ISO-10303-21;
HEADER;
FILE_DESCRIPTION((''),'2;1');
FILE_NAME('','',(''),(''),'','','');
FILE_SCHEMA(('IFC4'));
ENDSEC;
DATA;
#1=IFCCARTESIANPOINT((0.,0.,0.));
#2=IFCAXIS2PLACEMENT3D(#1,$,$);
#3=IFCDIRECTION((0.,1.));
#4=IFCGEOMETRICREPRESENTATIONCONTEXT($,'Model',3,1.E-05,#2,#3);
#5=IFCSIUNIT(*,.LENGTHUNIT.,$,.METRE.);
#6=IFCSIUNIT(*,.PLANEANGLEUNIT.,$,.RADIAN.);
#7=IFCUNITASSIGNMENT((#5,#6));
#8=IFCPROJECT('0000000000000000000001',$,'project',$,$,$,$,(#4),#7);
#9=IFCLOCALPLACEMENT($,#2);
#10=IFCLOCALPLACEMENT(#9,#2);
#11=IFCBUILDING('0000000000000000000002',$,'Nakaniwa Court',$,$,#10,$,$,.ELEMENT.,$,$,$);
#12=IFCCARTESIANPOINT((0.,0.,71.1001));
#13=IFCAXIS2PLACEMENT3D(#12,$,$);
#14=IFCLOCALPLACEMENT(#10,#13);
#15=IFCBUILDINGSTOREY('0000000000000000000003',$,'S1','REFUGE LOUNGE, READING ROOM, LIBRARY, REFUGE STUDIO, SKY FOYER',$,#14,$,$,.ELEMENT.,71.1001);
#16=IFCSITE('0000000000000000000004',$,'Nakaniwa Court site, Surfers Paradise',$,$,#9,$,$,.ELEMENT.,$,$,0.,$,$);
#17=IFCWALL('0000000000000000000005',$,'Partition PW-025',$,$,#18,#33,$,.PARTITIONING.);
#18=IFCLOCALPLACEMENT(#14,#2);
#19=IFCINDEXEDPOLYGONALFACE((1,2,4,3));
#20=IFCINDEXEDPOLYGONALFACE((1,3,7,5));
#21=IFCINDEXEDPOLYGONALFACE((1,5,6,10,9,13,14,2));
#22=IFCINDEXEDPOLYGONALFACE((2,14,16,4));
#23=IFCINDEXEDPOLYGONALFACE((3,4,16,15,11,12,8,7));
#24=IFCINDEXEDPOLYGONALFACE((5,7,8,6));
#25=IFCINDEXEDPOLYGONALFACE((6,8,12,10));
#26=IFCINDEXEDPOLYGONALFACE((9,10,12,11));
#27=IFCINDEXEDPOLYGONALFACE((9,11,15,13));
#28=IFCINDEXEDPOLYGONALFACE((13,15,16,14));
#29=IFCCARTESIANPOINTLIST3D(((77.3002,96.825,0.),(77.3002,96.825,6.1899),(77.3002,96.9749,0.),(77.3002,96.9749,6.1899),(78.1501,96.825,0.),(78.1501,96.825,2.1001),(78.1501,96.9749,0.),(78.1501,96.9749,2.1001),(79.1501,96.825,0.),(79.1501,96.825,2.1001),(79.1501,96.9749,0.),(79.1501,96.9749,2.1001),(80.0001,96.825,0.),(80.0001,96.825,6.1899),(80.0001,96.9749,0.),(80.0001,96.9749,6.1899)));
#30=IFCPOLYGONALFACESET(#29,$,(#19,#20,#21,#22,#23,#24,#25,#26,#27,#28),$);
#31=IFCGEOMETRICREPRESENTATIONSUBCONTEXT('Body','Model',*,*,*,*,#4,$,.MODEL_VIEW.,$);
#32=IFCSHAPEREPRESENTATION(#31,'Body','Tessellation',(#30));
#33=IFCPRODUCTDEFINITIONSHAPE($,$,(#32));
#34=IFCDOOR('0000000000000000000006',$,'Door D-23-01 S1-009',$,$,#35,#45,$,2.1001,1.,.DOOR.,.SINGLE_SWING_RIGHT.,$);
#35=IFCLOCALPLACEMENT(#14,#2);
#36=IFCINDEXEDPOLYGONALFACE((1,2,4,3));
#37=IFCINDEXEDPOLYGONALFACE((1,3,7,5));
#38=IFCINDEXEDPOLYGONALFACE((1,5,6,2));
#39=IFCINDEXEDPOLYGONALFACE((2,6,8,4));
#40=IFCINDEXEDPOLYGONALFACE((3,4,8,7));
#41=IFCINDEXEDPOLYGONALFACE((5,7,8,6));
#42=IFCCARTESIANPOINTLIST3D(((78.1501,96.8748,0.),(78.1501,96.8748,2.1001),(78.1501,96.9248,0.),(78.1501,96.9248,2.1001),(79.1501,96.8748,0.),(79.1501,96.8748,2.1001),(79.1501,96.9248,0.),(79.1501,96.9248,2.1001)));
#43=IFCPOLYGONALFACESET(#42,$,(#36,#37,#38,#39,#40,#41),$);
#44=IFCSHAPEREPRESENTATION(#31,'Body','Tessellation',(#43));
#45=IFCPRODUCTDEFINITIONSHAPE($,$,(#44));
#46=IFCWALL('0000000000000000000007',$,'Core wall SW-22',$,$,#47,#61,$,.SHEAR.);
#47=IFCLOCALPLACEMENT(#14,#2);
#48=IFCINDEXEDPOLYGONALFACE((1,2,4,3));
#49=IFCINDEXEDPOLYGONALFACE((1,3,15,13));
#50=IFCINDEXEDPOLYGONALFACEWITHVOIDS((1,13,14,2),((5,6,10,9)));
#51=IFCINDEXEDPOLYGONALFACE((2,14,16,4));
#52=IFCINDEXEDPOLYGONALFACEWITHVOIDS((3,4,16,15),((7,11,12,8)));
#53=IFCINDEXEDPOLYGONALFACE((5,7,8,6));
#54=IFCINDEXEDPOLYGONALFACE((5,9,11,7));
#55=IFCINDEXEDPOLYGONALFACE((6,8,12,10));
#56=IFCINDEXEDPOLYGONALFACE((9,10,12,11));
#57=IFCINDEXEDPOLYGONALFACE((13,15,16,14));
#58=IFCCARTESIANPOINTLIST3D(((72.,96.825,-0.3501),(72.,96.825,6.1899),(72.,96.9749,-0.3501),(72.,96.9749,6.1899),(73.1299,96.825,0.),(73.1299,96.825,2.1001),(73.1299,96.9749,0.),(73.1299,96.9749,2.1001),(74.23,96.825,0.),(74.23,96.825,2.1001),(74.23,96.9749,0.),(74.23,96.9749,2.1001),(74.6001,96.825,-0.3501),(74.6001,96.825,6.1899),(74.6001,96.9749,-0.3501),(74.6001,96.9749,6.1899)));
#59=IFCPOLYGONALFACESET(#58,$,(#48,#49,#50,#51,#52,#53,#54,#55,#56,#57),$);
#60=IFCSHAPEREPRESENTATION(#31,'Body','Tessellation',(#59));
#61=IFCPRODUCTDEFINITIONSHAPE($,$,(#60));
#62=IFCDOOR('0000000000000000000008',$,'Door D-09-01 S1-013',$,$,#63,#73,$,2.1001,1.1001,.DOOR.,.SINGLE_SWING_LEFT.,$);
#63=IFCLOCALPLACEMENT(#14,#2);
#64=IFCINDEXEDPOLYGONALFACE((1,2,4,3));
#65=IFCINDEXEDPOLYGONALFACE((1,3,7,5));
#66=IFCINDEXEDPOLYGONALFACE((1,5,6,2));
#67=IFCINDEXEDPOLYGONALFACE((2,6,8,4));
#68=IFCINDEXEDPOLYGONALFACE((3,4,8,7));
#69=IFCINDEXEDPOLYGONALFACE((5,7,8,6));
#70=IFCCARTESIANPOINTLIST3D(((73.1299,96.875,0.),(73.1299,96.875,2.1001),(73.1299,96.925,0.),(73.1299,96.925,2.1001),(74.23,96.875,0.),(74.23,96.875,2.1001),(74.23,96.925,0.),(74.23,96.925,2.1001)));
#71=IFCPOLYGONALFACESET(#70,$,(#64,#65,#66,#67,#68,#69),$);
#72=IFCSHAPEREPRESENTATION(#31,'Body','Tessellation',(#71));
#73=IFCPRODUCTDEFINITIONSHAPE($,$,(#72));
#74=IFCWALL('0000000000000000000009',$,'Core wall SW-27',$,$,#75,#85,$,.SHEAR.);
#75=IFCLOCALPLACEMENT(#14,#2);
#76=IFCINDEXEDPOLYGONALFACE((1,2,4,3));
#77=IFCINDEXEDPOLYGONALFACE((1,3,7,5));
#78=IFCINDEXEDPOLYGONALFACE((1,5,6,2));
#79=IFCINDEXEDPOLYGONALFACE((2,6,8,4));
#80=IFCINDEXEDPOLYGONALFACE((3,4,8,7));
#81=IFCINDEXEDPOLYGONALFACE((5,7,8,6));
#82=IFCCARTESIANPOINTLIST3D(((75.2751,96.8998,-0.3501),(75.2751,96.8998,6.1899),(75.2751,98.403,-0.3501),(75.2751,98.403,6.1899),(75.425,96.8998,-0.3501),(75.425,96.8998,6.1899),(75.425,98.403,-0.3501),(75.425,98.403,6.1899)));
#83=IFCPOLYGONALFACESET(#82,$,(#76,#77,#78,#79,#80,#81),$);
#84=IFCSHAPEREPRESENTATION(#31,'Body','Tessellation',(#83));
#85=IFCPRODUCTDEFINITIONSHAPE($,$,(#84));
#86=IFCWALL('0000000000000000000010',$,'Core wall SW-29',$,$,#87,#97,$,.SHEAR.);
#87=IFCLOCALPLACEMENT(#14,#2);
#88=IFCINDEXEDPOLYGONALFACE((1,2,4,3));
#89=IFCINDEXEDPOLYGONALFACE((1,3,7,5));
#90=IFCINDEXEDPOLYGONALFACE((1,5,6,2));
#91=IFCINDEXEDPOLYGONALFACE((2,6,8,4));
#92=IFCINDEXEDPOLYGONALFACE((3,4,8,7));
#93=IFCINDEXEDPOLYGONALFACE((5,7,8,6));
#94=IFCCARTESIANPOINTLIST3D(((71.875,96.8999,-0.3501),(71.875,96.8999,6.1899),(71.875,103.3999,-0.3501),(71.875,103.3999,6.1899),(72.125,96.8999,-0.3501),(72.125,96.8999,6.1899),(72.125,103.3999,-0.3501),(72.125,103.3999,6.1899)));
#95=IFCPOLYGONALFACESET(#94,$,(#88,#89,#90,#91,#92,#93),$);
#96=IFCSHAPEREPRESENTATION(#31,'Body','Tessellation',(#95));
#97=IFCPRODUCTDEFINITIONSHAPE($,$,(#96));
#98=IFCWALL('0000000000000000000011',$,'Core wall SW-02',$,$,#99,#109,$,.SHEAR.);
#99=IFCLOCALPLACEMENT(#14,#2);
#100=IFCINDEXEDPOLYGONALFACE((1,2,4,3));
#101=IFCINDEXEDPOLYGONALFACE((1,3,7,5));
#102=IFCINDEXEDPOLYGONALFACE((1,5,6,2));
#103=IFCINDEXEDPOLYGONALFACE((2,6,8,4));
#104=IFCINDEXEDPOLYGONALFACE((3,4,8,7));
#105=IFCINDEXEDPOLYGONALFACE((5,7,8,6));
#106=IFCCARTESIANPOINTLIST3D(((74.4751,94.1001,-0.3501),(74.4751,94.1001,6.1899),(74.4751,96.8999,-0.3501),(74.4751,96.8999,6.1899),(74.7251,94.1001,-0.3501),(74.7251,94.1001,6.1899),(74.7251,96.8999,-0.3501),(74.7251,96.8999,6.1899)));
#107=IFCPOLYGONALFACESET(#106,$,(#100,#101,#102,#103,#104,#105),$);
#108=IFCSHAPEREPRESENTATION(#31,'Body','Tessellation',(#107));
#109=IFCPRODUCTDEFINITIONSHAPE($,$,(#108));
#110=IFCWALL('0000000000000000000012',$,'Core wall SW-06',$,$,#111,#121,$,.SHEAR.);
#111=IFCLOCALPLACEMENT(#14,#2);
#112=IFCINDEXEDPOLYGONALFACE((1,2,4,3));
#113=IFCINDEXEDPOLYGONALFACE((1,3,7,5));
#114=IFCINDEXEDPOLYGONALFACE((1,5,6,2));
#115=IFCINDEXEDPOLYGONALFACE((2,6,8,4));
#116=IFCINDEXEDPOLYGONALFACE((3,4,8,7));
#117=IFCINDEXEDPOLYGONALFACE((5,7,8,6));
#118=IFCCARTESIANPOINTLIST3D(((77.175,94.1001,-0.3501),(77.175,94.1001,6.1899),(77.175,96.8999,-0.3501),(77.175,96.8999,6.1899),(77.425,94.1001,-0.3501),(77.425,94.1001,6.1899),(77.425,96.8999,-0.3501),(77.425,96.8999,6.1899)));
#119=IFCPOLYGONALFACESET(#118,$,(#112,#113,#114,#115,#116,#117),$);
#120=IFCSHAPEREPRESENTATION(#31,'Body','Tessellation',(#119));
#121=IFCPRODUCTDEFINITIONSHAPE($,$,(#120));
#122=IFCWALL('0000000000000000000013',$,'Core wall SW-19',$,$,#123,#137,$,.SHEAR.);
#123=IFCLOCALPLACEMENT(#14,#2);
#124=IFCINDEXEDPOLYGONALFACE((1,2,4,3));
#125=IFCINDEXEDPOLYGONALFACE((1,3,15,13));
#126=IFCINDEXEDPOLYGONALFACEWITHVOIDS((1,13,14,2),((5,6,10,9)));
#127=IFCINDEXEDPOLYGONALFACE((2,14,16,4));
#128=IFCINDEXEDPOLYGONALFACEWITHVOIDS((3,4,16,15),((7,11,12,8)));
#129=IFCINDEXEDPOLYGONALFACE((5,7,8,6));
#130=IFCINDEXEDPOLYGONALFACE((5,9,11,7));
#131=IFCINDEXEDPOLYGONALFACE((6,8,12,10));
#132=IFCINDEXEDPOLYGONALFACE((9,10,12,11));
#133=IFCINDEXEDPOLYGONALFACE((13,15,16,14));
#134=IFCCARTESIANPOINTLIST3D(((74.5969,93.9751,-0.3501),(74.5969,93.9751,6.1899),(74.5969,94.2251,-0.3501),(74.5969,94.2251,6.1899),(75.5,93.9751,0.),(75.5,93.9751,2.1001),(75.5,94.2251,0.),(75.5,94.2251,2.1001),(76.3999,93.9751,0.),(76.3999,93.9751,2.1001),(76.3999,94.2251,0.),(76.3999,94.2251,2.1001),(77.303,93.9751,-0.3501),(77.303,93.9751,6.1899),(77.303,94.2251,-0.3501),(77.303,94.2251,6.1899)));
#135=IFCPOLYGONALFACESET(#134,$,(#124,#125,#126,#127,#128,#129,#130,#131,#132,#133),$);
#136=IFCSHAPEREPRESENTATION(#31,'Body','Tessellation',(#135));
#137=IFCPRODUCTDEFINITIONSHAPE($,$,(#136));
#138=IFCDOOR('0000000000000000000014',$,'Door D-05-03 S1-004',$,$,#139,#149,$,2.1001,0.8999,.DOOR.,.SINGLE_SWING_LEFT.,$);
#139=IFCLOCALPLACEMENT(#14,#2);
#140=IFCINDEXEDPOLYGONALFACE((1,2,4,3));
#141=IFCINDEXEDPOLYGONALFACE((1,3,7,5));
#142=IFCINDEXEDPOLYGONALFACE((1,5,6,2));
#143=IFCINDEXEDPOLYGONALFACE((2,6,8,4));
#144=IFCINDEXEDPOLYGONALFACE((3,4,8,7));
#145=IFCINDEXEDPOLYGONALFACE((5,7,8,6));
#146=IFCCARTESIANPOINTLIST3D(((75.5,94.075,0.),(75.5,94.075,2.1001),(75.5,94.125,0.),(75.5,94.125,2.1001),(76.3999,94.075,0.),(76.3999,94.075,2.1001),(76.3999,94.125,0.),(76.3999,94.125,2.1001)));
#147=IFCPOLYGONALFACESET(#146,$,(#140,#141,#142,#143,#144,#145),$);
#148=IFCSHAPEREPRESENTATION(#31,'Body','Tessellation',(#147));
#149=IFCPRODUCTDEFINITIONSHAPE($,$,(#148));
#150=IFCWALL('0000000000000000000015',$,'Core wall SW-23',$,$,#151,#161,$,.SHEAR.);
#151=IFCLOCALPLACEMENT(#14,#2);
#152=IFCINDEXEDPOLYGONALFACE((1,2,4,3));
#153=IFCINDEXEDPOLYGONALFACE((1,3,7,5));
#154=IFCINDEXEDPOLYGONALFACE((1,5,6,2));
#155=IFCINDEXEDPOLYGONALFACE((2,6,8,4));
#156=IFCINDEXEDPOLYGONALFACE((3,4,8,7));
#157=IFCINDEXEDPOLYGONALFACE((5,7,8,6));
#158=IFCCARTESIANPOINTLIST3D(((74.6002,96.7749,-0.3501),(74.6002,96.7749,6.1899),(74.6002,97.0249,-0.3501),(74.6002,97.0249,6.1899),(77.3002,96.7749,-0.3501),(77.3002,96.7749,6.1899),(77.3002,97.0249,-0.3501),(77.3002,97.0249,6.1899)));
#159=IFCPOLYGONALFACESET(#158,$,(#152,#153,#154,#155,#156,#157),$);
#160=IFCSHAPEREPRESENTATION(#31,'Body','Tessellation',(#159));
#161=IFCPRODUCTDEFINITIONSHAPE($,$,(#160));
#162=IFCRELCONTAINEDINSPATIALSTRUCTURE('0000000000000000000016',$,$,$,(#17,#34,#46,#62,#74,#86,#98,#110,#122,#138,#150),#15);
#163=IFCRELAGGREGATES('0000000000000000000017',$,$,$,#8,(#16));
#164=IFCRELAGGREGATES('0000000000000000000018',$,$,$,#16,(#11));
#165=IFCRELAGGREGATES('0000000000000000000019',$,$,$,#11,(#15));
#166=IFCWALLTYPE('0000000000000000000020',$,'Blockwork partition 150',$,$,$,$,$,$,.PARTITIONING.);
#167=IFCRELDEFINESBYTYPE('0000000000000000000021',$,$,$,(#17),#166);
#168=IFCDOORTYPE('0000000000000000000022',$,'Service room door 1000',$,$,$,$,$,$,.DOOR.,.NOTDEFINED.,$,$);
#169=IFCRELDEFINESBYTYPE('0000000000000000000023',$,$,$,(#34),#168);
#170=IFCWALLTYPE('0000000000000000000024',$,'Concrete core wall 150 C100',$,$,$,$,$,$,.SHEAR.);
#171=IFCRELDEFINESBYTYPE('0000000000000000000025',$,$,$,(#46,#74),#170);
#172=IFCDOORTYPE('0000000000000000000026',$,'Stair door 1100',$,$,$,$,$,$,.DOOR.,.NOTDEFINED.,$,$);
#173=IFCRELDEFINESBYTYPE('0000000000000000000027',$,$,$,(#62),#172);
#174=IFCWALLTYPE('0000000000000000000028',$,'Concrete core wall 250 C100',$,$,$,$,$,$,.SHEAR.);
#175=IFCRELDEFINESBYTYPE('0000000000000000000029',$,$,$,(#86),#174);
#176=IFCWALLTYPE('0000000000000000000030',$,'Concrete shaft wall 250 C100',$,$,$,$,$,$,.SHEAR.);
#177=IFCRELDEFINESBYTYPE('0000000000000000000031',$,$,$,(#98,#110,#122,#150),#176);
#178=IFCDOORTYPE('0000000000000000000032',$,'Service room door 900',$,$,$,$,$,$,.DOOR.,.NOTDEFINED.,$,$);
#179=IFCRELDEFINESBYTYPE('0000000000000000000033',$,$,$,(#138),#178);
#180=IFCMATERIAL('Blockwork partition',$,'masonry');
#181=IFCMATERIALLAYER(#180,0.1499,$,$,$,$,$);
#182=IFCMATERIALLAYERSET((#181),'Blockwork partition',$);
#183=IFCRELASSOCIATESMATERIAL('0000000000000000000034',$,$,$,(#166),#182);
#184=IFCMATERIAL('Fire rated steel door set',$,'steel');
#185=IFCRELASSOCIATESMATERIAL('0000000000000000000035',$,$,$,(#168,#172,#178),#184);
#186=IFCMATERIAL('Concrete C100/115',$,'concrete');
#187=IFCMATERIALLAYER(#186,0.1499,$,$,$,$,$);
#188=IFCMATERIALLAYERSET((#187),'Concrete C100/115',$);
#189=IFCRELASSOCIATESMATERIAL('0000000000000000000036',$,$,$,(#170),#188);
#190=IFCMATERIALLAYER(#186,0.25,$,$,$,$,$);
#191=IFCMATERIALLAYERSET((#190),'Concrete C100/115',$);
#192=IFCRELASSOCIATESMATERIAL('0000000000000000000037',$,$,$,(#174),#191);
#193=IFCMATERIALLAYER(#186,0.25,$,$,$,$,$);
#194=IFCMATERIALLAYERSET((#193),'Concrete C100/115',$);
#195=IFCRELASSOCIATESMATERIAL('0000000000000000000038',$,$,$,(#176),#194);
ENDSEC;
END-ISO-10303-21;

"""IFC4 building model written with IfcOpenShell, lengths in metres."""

from ifc_helpers import new_model, si_unit, direction, frame, frame_2d, origin, place, context, subcontext, project, spatial, rectangle, extrude, material, layer, layer_set, type_object, element, fill, save


model = new_model("IFC4")

# Units and contexts
model_context = context("Model", 3, precision=1e-05, world=origin(), true_north=direction((0.0, 1.0)))
body_context = subcontext(model_context, "Body", "Model", "MODEL_VIEW")
ifc_project = project(units=[si_unit("LENGTHUNIT", "METRE"), si_unit("PLANEANGLEUNIT", "RADIAN")], contexts=[model_context])

# Site, building, storey
site_placement = place(None, origin())
site = spatial("IfcSite", under=ifc_project, at=site_placement, Name="Nakaniwa Court site, Surfers Paradise", CompositionType="ELEMENT", RefElevation=0.0)
building_placement = place(site_placement, origin())
building = spatial("IfcBuilding", under=site, at=building_placement, Name="Nakaniwa Court", CompositionType="ELEMENT")
storey_placement = place(building_placement, frame((0.0, 0.0, 71.1001)))
storey = spatial("IfcBuildingStorey", under=building, at=storey_placement, Name="S1", Description="REFUGE LOUNGE, READING ROOM, LIBRARY, REFUGE STUDIO, SKY FOYER", CompositionType="ELEMENT", Elevation=71.1001)

# Walls, openings, doors
ifc_material_1 = material(Name="Blockwork partition", Category="masonry")
ifc_layer_1 = layer(ifc_material_1, 0.1499)
ifc_layer_set_1 = layer_set([ifc_layer_1], Name="Blockwork partition")
wall_type_1 = type_object("IfcWallType", Name="Blockwork partition 150", PredefinedType="PARTITIONING", material=ifc_layer_set_1)
ifc_material_2 = material(Name="Fire rated steel door set", Category="steel")
wall_1_placement = place(storey_placement, frame((77.3, 96.8999, 0.0), z_axis=(0.0, 0.0, 1.0), x_axis=(1.0, 0.0, 0.0)))
wall_1 = element("IfcWall", 1, at=wall_1_placement, inside=storey, type_object=wall_type_1, Name="Partition PW-025", PredefinedType="PARTITIONING", context=body_context, shape_type="SweptSolid", body=[
    extrude(rectangle(XDim=2.7, YDim=0.1499, at=frame_2d((1.3501, 0.0))), origin(), (0.0, 0.0, 1.0), 6.1899),
])
opening_1_placement = place(wall_1_placement, frame((0.8501, 0.0, 0.0)))
opening_1 = element("IfcOpeningElement", 2, at=opening_1_placement, cuts=wall_1, PredefinedType="OPENING", context=body_context, shape_type="SweptSolid", body=[
    extrude(rectangle(XDim=1.0, YDim=2.1001, at=frame_2d((0.5, 1.05))), frame((0.0, 0.085, 0.0), z_axis=(0.0, -1.0, 0.0), x_axis=(1.0, 0.0, 0.0)), (0.0, 0.0, 1.0), 0.1699),
])
door_type_1 = type_object("IfcDoorType", Name="Service room door 1000", OperationType="NOTDEFINED", PredefinedType="DOOR", material=ifc_material_2)
door_1_placement = place(opening_1_placement, origin())
door_1 = element("IfcDoor", 3, at=door_1_placement, inside=storey, type_object=door_type_1, Name="Door D-23-01 S1-009", OperationType="SINGLE_SWING_RIGHT", OverallHeight=2.1001, OverallWidth=1.0, PredefinedType="DOOR", context=body_context, shape_type="SweptSolid", body=[
    extrude(rectangle(XDim=1.0, YDim=2.1001, at=frame_2d((0.5, 1.05))), frame((0.0, 0.0249, 0.0), z_axis=(0.0, -1.0, 0.0), x_axis=(1.0, 0.0, 0.0)), (0.0, 0.0, 1.0), 0.05),
])
fill(opening_1, door_1)
ifc_material_3 = material(Name="Concrete C100/115", Category="concrete")
ifc_layer_2 = layer(ifc_material_3, 0.1499)
ifc_layer_set_2 = layer_set([ifc_layer_2], Name="Concrete C100/115")
wall_type_2 = type_object("IfcWallType", Name="Concrete core wall 150 C100", PredefinedType="SHEAR", material=ifc_layer_set_2)
wall_2_placement = place(storey_placement, frame((74.6001, 96.8999, -0.3501), z_axis=(0.0, 0.0, 1.0), x_axis=(-1.0, 0.0, 0.0)))
wall_2 = element("IfcWall", 4, at=wall_2_placement, inside=storey, type_object=wall_type_2, Name="Core wall SW-22", PredefinedType="SHEAR", context=body_context, shape_type="SweptSolid", body=[
    extrude(rectangle(XDim=2.6001, YDim=0.1499, at=frame_2d((1.3, 0.0))), origin(), (0.0, 0.0, 1.0), 6.54),
])
opening_2_placement = place(wall_2_placement, frame((0.3701, 0.0, 0.3501)))
opening_2 = element("IfcOpeningElement", 5, at=opening_2_placement, cuts=wall_2, PredefinedType="OPENING", context=body_context, shape_type="SweptSolid", body=[
    extrude(rectangle(XDim=1.1001, YDim=2.1001, at=frame_2d((0.55, 1.05))), frame((0.0, 0.085, 0.0), z_axis=(0.0, -1.0, 0.0), x_axis=(1.0, 0.0, 0.0)), (0.0, 0.0, 1.0), 0.1699),
])
door_type_2 = type_object("IfcDoorType", Name="Stair door 1100", OperationType="NOTDEFINED", PredefinedType="DOOR", material=ifc_material_2)
door_2_placement = place(opening_2_placement, origin())
door_2 = element("IfcDoor", 6, at=door_2_placement, inside=storey, type_object=door_type_2, Name="Door D-09-01 S1-013", OperationType="SINGLE_SWING_LEFT", OverallHeight=2.1001, OverallWidth=1.1001, PredefinedType="DOOR", context=body_context, shape_type="SweptSolid", body=[
    extrude(rectangle(XDim=1.1001, YDim=2.1001, at=frame_2d((0.55, 1.05))), frame((0.0, 0.0249, 0.0), z_axis=(0.0, -1.0, 0.0), x_axis=(1.0, 0.0, 0.0)), (0.0, 0.0, 1.0), 0.05),
])
fill(opening_2, door_2)

# Walls
wall_3_placement = place(storey_placement, frame((75.3501, 96.8999, -0.3501), z_axis=(0.0, 0.0, 1.0), x_axis=(0.0, 1.0, 0.0)))
element("IfcWall", 7, at=wall_3_placement, inside=storey, type_object=wall_type_2, Name="Core wall SW-27", PredefinedType="SHEAR", context=body_context, shape_type="SweptSolid", body=[
    extrude(rectangle(XDim=1.5032, YDim=0.1499, at=frame_2d((0.7515, 0.0))), origin(), (0.0, 0.0, 1.0), 6.54),
])
ifc_layer_3 = layer(ifc_material_3, 0.25)
ifc_layer_set_3 = layer_set([ifc_layer_3], Name="Concrete C100/115")
wall_type_3 = type_object("IfcWallType", Name="Concrete core wall 250 C100", PredefinedType="SHEAR", material=ifc_layer_set_3)
wall_4_placement = place(storey_placement, frame((72.0, 96.8999, -0.3501), z_axis=(0.0, 0.0, 1.0), x_axis=(0.0, 1.0, 0.0)))
element("IfcWall", 8, at=wall_4_placement, inside=storey, type_object=wall_type_3, Name="Core wall SW-29", PredefinedType="SHEAR", context=body_context, shape_type="SweptSolid", body=[
    extrude(rectangle(XDim=6.5, YDim=0.25, at=frame_2d((3.25, 0.0))), origin(), (0.0, 0.0, 1.0), 6.54),
])
ifc_layer_4 = layer(ifc_material_3, 0.25)
ifc_layer_set_4 = layer_set([ifc_layer_4], Name="Concrete C100/115")
wall_type_4 = type_object("IfcWallType", Name="Concrete shaft wall 250 C100", PredefinedType="SHEAR", material=ifc_layer_set_4)
for number, where, z_axis, x_axis, name in (
    (9, (74.6001, 94.1001, -0.3501), (0.0, 0.0, 1.0), (0.0, 1.0, 0.0), "Core wall SW-02"),
    (10, (77.3, 94.1001, -0.3501), (0.0, 0.0, 1.0), (0.0, 1.0, 0.0), "Core wall SW-06"),
):
    element("IfcWall", number, at=place(storey_placement, frame(where, z_axis=z_axis, x_axis=x_axis)), inside=storey, type_object=wall_type_4, Name=name, PredefinedType="SHEAR", context=body_context, shape_type="SweptSolid", body=[
        extrude(rectangle(XDim=2.7998, YDim=0.25, at=frame_2d((1.3999, 0.0))), origin(), (0.0, 0.0, 1.0), 6.54),
    ])

# Wall, opening, door
wall_5_placement = place(storey_placement, frame((74.5969, 94.1001, -0.3501), z_axis=(0.0, 0.0, 1.0), x_axis=(1.0, 0.0, 0.0)))
wall_5 = element("IfcWall", 11, at=wall_5_placement, inside=storey, type_object=wall_type_4, Name="Core wall SW-19", PredefinedType="SHEAR", context=body_context, shape_type="SweptSolid", body=[
    extrude(rectangle(XDim=2.7061, YDim=0.25, at=frame_2d((1.353, 0.0))), origin(), (0.0, 0.0, 1.0), 6.54),
])
opening_3_placement = place(wall_5_placement, frame((0.9031, 0.0, 0.3501)))
opening_3 = element("IfcOpeningElement", 12, at=opening_3_placement, cuts=wall_5, PredefinedType="OPENING", context=body_context, shape_type="SweptSolid", body=[
    extrude(rectangle(XDim=0.8999, YDim=2.1001, at=frame_2d((0.45, 1.05))), frame((0.0, 0.135, 0.0), z_axis=(0.0, -1.0, 0.0), x_axis=(1.0, 0.0, 0.0)), (0.0, 0.0, 1.0), 0.27),
])
door_type_3 = type_object("IfcDoorType", Name="Service room door 900", OperationType="NOTDEFINED", PredefinedType="DOOR", material=ifc_material_2)
door_3_placement = place(opening_3_placement, origin())
door_3 = element("IfcDoor", 13, at=door_3_placement, inside=storey, type_object=door_type_3, Name="Door D-05-03 S1-004", OperationType="SINGLE_SWING_LEFT", OverallHeight=2.1001, OverallWidth=0.8999, PredefinedType="DOOR", context=body_context, shape_type="SweptSolid", body=[
    extrude(rectangle(XDim=0.8999, YDim=2.1001, at=frame_2d((0.45, 1.05))), frame((0.0, 0.0249, 0.0), z_axis=(0.0, -1.0, 0.0), x_axis=(1.0, 0.0, 0.0)), (0.0, 0.0, 1.0), 0.05),
])
fill(opening_3, door_3)

# Wall
wall_6_placement = place(storey_placement, frame((74.6001, 96.8999, -0.3501), z_axis=(0.0, 0.0, 1.0), x_axis=(1.0, 0.0, 0.0)))
element("IfcWall", 14, at=wall_6_placement, inside=storey, type_object=wall_type_4, Name="Core wall SW-23", PredefinedType="SHEAR", context=body_context, shape_type="SweptSolid", body=[
    extrude(rectangle(XDim=2.7, YDim=0.25, at=frame_2d((1.3501, 0.0))), origin(), (0.0, 0.0, 1.0), 6.54),
])

save(model, "model.ifc")
